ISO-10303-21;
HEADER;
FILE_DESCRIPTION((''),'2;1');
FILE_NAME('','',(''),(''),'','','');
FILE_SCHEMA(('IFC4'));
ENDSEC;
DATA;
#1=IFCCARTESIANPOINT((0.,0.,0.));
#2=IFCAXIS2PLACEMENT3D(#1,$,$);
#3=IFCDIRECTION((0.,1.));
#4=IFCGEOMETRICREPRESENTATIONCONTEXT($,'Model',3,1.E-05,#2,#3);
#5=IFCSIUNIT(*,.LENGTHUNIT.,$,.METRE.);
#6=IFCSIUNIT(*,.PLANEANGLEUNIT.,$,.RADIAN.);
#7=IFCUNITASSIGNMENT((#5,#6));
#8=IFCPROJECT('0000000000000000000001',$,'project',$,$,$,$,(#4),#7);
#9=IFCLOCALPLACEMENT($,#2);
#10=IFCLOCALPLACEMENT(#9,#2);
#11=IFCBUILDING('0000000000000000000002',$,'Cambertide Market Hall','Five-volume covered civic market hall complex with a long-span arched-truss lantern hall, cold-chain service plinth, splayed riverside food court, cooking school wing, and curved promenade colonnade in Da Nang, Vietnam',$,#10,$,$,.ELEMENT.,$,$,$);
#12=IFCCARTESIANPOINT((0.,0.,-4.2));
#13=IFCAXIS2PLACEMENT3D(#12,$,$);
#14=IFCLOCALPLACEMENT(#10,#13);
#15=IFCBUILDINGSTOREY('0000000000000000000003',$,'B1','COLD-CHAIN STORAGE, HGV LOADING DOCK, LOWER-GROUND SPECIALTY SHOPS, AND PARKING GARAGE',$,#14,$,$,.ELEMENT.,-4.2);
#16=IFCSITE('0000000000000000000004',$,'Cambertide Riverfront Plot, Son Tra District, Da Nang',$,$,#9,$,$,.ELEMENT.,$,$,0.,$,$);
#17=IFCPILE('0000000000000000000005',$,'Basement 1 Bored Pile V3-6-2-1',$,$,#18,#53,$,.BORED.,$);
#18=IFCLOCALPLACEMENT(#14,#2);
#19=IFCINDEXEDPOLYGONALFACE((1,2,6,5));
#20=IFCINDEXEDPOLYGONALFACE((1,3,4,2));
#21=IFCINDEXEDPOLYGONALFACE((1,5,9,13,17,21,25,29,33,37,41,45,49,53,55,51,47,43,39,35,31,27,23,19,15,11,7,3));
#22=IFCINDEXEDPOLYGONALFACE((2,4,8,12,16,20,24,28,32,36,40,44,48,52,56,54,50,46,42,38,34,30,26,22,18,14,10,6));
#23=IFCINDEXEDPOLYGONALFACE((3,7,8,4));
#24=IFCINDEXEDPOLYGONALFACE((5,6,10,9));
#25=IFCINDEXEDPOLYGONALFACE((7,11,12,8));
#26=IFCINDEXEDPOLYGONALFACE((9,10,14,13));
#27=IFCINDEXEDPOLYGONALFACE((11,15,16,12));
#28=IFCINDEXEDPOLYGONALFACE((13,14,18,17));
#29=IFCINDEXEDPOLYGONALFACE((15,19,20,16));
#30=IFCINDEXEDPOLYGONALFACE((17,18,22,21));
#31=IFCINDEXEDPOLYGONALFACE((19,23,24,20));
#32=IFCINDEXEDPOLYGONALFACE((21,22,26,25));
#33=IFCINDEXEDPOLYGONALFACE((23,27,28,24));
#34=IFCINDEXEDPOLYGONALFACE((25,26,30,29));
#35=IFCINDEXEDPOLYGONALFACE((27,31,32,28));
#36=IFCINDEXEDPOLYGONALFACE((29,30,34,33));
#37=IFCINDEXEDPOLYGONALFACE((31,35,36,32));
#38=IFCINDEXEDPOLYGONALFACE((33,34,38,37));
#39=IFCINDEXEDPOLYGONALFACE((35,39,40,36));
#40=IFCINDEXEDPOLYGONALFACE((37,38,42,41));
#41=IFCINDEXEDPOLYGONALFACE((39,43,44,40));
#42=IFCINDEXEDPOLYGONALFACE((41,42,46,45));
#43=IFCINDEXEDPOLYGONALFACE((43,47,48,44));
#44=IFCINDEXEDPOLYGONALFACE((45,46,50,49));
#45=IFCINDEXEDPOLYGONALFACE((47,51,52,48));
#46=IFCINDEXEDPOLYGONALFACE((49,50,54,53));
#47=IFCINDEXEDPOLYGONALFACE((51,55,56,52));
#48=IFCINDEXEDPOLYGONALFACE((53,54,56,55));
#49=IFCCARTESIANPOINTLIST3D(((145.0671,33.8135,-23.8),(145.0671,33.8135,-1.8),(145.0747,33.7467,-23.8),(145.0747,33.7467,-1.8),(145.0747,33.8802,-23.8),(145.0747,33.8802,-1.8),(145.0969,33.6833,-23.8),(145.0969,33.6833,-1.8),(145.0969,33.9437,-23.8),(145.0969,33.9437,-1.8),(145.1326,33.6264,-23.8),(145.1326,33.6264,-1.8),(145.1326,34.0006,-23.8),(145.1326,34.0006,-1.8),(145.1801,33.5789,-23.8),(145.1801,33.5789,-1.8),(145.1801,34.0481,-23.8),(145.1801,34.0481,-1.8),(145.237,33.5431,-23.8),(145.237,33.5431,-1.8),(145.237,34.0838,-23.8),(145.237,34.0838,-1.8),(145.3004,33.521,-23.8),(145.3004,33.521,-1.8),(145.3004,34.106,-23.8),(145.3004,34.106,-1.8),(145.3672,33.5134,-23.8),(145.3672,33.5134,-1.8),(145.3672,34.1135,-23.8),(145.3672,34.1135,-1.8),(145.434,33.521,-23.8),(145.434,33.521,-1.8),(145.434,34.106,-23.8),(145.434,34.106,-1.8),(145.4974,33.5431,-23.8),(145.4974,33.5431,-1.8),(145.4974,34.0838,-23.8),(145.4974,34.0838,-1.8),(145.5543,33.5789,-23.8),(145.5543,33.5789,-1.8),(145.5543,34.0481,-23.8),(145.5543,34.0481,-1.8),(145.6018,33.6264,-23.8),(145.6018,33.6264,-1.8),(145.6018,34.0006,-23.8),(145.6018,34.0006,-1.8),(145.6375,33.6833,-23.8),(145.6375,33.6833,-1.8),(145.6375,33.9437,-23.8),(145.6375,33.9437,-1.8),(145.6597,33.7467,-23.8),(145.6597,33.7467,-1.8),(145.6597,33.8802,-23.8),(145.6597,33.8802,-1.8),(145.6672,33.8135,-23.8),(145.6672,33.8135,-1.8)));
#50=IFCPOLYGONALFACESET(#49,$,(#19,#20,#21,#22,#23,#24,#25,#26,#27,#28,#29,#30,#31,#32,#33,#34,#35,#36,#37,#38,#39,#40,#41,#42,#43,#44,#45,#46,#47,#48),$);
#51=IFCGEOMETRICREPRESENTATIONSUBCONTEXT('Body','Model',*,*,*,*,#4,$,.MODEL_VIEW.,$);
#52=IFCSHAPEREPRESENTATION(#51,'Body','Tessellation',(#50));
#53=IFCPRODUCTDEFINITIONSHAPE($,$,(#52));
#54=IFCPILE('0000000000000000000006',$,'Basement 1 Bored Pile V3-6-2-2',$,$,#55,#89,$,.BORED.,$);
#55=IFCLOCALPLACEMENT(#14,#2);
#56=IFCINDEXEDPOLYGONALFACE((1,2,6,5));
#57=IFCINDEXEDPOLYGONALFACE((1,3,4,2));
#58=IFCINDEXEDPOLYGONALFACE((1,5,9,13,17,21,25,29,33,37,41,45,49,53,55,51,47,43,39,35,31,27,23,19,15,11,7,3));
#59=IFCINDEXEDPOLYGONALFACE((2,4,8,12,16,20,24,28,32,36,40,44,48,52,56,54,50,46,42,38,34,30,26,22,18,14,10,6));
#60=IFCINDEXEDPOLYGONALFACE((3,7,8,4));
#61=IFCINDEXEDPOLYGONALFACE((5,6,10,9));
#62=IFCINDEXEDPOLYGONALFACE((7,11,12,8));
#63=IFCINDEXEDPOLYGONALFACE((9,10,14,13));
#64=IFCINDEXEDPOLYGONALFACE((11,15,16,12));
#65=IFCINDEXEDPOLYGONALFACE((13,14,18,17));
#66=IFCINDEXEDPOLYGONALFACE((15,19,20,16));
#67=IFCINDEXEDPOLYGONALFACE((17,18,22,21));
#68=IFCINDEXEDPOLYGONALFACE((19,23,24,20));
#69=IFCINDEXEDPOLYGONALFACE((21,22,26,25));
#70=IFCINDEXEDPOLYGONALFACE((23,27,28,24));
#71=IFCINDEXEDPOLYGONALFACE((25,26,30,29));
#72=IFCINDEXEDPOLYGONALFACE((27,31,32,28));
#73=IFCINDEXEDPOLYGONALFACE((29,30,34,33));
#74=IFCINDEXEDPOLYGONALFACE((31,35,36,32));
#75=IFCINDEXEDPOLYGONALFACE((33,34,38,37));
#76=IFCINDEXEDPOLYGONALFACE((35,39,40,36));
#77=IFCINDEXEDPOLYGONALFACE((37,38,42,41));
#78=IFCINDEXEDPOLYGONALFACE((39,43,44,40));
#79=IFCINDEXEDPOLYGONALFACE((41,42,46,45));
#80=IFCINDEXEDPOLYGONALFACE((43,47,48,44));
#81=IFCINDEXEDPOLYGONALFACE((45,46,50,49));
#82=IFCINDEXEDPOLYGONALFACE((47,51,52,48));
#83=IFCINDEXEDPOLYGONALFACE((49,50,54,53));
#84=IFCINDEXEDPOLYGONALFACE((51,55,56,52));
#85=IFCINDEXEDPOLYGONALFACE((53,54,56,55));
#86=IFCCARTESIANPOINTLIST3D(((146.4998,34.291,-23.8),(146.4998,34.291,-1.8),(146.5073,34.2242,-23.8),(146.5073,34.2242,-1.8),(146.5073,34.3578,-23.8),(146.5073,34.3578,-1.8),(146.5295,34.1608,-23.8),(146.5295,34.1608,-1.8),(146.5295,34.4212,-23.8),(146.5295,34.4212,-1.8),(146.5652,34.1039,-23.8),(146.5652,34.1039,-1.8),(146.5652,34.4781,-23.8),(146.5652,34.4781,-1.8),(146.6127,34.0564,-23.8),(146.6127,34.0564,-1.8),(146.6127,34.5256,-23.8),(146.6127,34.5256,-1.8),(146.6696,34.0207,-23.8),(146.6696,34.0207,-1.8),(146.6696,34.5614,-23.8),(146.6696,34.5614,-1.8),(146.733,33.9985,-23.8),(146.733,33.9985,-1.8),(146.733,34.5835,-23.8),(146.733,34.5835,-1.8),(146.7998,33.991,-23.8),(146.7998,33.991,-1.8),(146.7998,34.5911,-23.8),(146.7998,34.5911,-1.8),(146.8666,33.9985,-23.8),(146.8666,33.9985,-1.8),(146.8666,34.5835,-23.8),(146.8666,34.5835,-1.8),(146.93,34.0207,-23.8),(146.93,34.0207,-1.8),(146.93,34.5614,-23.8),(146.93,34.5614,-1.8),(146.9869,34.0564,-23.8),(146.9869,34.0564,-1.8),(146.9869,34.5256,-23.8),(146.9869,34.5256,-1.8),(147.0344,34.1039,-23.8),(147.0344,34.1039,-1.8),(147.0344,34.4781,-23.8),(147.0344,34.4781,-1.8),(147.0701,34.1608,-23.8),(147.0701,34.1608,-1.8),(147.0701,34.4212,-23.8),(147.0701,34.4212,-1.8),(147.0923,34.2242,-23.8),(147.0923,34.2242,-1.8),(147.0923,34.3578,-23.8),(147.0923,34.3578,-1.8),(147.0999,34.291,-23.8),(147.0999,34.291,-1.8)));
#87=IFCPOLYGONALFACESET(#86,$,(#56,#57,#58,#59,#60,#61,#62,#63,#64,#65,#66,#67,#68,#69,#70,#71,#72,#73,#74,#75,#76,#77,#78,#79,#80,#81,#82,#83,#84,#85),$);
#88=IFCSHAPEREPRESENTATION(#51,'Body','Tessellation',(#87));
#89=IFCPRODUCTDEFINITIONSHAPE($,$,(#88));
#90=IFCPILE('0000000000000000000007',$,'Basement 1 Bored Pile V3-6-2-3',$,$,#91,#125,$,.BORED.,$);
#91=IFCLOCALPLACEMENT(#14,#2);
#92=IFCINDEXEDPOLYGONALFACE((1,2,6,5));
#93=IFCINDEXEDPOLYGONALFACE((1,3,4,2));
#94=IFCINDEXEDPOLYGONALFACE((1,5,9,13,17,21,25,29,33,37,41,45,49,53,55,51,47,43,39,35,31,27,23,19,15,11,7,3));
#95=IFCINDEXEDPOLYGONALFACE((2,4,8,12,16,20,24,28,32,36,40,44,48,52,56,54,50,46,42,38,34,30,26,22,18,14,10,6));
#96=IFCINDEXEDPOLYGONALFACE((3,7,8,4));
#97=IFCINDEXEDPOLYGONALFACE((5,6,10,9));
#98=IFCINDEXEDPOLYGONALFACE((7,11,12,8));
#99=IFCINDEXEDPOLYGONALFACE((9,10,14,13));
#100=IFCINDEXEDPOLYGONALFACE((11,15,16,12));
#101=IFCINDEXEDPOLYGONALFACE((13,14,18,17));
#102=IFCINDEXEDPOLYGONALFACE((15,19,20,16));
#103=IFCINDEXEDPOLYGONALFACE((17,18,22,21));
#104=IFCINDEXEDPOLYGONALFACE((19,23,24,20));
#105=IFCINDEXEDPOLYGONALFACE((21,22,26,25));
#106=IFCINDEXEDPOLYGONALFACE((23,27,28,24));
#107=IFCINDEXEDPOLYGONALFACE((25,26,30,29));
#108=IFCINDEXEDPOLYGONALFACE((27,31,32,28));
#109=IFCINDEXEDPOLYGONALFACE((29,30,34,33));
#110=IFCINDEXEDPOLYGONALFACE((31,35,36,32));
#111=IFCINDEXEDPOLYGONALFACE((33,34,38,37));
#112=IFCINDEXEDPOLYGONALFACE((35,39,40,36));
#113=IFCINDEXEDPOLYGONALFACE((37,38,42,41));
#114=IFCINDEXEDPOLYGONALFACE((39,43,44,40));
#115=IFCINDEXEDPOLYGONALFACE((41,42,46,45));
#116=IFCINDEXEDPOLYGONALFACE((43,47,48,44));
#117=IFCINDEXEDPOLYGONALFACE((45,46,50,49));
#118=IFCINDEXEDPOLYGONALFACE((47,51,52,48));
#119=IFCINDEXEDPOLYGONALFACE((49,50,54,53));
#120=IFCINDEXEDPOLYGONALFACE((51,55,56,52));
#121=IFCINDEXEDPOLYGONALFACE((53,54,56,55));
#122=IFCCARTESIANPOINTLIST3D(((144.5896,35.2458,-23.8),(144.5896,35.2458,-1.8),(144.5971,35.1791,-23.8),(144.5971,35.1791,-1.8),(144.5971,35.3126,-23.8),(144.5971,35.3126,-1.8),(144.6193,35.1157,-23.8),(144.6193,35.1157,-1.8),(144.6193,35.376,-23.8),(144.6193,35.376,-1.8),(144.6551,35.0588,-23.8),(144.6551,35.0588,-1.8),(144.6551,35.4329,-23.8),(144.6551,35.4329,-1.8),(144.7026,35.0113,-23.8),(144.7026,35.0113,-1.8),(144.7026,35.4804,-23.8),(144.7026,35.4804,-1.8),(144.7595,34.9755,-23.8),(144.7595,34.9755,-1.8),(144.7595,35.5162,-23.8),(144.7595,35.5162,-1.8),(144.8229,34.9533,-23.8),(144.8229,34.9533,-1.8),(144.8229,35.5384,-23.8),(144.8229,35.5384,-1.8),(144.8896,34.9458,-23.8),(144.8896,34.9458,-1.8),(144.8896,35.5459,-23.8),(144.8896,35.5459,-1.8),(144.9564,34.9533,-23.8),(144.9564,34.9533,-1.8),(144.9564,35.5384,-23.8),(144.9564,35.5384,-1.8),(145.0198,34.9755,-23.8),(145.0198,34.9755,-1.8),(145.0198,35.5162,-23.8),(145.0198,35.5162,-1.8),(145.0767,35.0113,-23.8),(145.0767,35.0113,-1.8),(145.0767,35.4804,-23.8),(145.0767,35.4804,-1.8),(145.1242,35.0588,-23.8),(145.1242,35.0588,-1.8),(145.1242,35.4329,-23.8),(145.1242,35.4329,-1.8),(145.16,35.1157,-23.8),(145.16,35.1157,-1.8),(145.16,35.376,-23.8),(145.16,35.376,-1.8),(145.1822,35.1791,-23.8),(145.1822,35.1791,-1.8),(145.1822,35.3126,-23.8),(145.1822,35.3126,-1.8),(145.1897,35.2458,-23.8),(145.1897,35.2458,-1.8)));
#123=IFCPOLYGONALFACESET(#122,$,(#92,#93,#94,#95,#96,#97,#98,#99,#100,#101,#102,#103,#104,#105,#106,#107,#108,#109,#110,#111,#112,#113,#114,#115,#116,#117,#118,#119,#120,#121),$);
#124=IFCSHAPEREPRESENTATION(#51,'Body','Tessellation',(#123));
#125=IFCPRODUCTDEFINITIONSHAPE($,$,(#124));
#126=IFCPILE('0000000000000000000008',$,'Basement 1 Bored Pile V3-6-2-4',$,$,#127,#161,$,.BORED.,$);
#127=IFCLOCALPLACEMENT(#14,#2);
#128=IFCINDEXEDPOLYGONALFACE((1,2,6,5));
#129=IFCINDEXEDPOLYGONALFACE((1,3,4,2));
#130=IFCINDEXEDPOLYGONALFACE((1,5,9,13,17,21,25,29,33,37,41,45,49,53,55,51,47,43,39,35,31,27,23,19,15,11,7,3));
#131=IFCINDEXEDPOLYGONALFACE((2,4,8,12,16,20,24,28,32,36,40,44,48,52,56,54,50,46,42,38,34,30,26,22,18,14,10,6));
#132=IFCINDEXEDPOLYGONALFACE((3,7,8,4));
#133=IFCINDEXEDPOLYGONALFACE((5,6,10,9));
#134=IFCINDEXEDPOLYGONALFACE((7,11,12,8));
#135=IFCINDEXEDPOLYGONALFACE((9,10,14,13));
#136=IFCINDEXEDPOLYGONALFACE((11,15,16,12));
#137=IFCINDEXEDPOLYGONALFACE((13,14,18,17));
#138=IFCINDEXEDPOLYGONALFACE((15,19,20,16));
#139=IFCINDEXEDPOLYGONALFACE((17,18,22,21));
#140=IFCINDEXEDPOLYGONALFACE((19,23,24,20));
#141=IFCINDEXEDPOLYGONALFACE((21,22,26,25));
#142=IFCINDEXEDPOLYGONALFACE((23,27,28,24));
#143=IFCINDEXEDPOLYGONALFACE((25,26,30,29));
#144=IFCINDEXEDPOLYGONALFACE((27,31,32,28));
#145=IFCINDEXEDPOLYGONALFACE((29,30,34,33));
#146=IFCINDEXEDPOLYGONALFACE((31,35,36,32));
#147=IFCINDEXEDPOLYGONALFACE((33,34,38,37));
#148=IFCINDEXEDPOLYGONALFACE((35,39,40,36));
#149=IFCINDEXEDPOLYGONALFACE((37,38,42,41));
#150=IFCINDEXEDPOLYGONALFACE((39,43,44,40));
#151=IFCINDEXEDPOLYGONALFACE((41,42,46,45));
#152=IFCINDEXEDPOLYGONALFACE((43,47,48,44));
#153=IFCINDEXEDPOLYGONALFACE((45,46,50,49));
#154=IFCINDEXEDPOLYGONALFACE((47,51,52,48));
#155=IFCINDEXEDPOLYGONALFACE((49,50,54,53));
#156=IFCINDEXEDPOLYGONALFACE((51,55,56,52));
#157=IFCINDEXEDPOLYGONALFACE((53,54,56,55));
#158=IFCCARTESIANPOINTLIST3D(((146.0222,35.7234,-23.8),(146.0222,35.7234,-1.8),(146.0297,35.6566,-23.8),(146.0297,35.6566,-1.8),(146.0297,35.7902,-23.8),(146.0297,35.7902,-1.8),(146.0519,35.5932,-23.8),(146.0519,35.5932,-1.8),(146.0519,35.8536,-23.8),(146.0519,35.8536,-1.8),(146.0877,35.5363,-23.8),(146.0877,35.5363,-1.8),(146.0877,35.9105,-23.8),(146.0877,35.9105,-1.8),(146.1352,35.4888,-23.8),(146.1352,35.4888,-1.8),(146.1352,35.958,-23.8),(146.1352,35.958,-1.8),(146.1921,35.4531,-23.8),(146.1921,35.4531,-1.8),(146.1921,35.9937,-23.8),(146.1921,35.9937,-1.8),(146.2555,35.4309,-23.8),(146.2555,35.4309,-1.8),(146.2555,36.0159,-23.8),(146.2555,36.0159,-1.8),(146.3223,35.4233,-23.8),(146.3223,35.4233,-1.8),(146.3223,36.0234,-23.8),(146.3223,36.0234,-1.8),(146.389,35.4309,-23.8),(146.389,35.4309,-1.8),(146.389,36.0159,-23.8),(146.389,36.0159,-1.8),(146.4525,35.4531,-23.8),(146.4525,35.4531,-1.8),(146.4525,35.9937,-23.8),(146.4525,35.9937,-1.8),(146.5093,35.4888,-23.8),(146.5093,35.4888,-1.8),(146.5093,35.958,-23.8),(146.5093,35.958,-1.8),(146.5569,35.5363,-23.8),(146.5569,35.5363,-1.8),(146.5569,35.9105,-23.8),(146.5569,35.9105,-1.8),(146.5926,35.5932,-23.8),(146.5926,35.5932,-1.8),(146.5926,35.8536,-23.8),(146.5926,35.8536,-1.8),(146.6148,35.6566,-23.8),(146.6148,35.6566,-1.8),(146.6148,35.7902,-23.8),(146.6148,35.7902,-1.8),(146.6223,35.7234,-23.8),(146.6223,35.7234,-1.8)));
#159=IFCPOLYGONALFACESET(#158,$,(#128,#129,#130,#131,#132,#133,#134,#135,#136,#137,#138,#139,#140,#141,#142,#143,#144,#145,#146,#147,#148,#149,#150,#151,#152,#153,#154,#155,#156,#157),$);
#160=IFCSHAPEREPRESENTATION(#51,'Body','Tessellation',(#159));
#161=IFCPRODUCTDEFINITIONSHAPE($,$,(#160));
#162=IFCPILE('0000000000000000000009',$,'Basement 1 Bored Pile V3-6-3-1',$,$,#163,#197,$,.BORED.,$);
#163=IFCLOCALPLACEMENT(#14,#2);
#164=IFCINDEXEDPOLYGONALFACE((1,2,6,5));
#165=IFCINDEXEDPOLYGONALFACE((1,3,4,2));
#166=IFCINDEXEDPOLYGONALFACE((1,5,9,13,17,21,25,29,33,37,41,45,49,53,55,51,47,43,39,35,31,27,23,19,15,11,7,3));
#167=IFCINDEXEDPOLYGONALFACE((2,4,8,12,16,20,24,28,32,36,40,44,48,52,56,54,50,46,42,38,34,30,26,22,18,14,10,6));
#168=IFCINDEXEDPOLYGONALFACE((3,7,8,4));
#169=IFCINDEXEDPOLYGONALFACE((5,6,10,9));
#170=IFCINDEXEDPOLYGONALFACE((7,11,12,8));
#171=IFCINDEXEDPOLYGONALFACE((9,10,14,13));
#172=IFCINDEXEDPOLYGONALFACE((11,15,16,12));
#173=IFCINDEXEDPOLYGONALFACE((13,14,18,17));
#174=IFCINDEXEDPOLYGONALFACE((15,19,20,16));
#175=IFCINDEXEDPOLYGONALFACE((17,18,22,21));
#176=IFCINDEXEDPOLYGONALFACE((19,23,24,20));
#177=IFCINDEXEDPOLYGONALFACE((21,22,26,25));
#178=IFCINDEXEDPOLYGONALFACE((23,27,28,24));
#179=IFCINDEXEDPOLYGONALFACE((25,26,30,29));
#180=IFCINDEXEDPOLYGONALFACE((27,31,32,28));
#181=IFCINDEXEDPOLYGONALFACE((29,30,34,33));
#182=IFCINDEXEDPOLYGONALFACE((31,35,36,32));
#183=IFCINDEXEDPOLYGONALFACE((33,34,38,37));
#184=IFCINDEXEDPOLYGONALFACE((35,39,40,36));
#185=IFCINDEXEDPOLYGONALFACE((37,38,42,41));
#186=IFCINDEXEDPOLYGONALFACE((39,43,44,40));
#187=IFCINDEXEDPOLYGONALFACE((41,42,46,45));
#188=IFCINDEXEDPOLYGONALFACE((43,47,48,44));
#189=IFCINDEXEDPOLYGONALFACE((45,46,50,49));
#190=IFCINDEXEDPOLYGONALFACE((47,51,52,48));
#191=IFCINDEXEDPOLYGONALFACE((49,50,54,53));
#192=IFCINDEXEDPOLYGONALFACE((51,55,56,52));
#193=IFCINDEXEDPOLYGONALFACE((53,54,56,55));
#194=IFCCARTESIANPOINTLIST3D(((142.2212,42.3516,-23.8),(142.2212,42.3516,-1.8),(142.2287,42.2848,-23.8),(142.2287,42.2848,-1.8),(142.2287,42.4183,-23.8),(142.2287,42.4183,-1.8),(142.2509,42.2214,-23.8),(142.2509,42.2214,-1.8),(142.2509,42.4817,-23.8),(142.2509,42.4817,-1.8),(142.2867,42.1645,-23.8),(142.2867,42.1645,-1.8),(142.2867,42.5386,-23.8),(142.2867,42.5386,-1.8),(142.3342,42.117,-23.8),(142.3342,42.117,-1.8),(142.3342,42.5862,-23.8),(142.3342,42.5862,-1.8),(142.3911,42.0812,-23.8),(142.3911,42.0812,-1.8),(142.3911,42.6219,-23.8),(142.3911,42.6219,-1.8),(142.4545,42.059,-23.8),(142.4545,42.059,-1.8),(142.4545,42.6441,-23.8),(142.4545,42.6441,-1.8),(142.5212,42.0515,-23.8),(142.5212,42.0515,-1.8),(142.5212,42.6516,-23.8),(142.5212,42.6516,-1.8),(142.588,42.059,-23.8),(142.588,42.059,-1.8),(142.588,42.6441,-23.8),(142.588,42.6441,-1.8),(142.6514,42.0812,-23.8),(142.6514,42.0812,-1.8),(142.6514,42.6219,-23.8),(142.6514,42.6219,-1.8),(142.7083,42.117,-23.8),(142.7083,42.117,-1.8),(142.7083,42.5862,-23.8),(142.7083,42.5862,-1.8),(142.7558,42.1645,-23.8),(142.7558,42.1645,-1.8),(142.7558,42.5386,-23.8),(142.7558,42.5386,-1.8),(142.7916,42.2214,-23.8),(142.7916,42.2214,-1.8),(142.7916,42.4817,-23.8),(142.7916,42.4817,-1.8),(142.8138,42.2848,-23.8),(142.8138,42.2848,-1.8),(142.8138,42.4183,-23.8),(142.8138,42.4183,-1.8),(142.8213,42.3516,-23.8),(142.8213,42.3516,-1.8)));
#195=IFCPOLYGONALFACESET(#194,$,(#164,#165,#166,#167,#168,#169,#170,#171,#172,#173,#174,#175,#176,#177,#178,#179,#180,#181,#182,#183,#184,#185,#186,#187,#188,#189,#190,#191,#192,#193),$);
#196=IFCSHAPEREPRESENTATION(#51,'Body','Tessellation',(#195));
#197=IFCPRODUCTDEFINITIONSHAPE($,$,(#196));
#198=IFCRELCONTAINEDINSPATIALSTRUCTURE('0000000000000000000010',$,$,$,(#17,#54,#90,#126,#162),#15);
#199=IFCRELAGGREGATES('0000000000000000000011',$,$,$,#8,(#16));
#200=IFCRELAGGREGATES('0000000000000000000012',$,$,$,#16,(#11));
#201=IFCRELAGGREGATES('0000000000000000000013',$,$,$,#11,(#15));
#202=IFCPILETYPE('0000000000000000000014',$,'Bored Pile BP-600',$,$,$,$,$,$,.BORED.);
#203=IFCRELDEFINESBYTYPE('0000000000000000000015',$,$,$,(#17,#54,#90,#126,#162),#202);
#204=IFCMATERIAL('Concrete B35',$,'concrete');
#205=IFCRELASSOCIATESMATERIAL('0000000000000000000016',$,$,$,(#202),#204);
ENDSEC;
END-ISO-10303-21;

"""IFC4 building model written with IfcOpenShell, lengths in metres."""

from ifc_helpers import new_model, si_unit, direction, frame, origin, origin_2d, place, context, subcontext, project, spatial, circle, extrude, material, material_profile, profile_set, type_object, element, save


model = new_model("IFC4")

# Units and contexts
model_context = context("Model", 3, precision=1e-05, world=origin(), true_north=direction((0.0, 1.0)))
body_context = subcontext(model_context, "Body", "Model", "MODEL_VIEW")
ifc_project = project(units=[si_unit("LENGTHUNIT", "METRE"), si_unit("PLANEANGLEUNIT", "RADIAN")], contexts=[model_context])

# Site, building, storey
site_placement = place(None, origin())
site = spatial("IfcSite", under=ifc_project, at=site_placement, Name="Cambertide Riverfront Plot, Son Tra District, Da Nang", CompositionType="ELEMENT", RefElevation=0.0)
building_placement = place(site_placement, origin())
building = spatial("IfcBuilding", under=site, at=building_placement, Name="Cambertide Market Hall", Description="Five-volume covered civic market hall complex with a long-span arched-truss lantern hall, cold-chain service plinth, splayed riverside food court, cooking school wing, and curved promenade colonnade in Da Nang, Vietnam", CompositionType="ELEMENT")
storey_placement = place(building_placement, frame((0.0, 0.0, -4.2)))
storey = spatial("IfcBuildingStorey", under=building, at=storey_placement, Name="B1", Description="COLD-CHAIN STORAGE, HGV LOADING DOCK, LOWER-GROUND SPECIALTY SHOPS, AND PARKING GARAGE", CompositionType="ELEMENT", Elevation=-4.2)

# Piles
ifc_material_1 = material(Name="Concrete B35", Category="concrete")
ifc_material_profile_1 = material_profile(ifc_material_1, circle(Radius=0.3, at=origin_2d()), Name="BP D600")
ifc_profile_set_1 = profile_set([ifc_material_profile_1], Name="Concrete B35")
pile_type = type_object("IfcPileType", Name="Bored Pile BP-600", PredefinedType="BORED", material=ifc_profile_set_1)
for number, where, z_axis, x_axis, name in (
    (1, (145.3672, 33.8135, -1.8), (0.0, 0.0, -1.0), (1.0, 0.0, 0.0), "Basement 1 Bored Pile V3-6-2-1"),
    (2, (146.7998, 34.291, -1.8), (0.0, 0.0, -1.0), (1.0, 0.0, 0.0), "Basement 1 Bored Pile V3-6-2-2"),
    (3, (144.8896, 35.2458, -1.8), (0.0, 0.0, -1.0), (1.0, 0.0, 0.0), "Basement 1 Bored Pile V3-6-2-3"),
    (4, (146.3223, 35.7234, -1.8), (0.0, 0.0, -1.0), (1.0, 0.0, 0.0), "Basement 1 Bored Pile V3-6-2-4"),
    (5, (142.5212, 42.3516, -1.8), (0.0, 0.0, -1.0), (1.0, 0.0, 0.0), "Basement 1 Bored Pile V3-6-3-1"),
):
    element("IfcPile", number, at=place(storey_placement, frame(where, z_axis=z_axis, x_axis=x_axis)), inside=storey, type_object=pile_type, Name=name, PredefinedType="BORED", context=body_context, shape_type="SweptSolid", body=[
        extrude(circle(Radius=0.3, at=origin_2d()), origin(), (0.0, 0.0, 1.0), 22.0),
    ])

save(model, "model.ifc")
